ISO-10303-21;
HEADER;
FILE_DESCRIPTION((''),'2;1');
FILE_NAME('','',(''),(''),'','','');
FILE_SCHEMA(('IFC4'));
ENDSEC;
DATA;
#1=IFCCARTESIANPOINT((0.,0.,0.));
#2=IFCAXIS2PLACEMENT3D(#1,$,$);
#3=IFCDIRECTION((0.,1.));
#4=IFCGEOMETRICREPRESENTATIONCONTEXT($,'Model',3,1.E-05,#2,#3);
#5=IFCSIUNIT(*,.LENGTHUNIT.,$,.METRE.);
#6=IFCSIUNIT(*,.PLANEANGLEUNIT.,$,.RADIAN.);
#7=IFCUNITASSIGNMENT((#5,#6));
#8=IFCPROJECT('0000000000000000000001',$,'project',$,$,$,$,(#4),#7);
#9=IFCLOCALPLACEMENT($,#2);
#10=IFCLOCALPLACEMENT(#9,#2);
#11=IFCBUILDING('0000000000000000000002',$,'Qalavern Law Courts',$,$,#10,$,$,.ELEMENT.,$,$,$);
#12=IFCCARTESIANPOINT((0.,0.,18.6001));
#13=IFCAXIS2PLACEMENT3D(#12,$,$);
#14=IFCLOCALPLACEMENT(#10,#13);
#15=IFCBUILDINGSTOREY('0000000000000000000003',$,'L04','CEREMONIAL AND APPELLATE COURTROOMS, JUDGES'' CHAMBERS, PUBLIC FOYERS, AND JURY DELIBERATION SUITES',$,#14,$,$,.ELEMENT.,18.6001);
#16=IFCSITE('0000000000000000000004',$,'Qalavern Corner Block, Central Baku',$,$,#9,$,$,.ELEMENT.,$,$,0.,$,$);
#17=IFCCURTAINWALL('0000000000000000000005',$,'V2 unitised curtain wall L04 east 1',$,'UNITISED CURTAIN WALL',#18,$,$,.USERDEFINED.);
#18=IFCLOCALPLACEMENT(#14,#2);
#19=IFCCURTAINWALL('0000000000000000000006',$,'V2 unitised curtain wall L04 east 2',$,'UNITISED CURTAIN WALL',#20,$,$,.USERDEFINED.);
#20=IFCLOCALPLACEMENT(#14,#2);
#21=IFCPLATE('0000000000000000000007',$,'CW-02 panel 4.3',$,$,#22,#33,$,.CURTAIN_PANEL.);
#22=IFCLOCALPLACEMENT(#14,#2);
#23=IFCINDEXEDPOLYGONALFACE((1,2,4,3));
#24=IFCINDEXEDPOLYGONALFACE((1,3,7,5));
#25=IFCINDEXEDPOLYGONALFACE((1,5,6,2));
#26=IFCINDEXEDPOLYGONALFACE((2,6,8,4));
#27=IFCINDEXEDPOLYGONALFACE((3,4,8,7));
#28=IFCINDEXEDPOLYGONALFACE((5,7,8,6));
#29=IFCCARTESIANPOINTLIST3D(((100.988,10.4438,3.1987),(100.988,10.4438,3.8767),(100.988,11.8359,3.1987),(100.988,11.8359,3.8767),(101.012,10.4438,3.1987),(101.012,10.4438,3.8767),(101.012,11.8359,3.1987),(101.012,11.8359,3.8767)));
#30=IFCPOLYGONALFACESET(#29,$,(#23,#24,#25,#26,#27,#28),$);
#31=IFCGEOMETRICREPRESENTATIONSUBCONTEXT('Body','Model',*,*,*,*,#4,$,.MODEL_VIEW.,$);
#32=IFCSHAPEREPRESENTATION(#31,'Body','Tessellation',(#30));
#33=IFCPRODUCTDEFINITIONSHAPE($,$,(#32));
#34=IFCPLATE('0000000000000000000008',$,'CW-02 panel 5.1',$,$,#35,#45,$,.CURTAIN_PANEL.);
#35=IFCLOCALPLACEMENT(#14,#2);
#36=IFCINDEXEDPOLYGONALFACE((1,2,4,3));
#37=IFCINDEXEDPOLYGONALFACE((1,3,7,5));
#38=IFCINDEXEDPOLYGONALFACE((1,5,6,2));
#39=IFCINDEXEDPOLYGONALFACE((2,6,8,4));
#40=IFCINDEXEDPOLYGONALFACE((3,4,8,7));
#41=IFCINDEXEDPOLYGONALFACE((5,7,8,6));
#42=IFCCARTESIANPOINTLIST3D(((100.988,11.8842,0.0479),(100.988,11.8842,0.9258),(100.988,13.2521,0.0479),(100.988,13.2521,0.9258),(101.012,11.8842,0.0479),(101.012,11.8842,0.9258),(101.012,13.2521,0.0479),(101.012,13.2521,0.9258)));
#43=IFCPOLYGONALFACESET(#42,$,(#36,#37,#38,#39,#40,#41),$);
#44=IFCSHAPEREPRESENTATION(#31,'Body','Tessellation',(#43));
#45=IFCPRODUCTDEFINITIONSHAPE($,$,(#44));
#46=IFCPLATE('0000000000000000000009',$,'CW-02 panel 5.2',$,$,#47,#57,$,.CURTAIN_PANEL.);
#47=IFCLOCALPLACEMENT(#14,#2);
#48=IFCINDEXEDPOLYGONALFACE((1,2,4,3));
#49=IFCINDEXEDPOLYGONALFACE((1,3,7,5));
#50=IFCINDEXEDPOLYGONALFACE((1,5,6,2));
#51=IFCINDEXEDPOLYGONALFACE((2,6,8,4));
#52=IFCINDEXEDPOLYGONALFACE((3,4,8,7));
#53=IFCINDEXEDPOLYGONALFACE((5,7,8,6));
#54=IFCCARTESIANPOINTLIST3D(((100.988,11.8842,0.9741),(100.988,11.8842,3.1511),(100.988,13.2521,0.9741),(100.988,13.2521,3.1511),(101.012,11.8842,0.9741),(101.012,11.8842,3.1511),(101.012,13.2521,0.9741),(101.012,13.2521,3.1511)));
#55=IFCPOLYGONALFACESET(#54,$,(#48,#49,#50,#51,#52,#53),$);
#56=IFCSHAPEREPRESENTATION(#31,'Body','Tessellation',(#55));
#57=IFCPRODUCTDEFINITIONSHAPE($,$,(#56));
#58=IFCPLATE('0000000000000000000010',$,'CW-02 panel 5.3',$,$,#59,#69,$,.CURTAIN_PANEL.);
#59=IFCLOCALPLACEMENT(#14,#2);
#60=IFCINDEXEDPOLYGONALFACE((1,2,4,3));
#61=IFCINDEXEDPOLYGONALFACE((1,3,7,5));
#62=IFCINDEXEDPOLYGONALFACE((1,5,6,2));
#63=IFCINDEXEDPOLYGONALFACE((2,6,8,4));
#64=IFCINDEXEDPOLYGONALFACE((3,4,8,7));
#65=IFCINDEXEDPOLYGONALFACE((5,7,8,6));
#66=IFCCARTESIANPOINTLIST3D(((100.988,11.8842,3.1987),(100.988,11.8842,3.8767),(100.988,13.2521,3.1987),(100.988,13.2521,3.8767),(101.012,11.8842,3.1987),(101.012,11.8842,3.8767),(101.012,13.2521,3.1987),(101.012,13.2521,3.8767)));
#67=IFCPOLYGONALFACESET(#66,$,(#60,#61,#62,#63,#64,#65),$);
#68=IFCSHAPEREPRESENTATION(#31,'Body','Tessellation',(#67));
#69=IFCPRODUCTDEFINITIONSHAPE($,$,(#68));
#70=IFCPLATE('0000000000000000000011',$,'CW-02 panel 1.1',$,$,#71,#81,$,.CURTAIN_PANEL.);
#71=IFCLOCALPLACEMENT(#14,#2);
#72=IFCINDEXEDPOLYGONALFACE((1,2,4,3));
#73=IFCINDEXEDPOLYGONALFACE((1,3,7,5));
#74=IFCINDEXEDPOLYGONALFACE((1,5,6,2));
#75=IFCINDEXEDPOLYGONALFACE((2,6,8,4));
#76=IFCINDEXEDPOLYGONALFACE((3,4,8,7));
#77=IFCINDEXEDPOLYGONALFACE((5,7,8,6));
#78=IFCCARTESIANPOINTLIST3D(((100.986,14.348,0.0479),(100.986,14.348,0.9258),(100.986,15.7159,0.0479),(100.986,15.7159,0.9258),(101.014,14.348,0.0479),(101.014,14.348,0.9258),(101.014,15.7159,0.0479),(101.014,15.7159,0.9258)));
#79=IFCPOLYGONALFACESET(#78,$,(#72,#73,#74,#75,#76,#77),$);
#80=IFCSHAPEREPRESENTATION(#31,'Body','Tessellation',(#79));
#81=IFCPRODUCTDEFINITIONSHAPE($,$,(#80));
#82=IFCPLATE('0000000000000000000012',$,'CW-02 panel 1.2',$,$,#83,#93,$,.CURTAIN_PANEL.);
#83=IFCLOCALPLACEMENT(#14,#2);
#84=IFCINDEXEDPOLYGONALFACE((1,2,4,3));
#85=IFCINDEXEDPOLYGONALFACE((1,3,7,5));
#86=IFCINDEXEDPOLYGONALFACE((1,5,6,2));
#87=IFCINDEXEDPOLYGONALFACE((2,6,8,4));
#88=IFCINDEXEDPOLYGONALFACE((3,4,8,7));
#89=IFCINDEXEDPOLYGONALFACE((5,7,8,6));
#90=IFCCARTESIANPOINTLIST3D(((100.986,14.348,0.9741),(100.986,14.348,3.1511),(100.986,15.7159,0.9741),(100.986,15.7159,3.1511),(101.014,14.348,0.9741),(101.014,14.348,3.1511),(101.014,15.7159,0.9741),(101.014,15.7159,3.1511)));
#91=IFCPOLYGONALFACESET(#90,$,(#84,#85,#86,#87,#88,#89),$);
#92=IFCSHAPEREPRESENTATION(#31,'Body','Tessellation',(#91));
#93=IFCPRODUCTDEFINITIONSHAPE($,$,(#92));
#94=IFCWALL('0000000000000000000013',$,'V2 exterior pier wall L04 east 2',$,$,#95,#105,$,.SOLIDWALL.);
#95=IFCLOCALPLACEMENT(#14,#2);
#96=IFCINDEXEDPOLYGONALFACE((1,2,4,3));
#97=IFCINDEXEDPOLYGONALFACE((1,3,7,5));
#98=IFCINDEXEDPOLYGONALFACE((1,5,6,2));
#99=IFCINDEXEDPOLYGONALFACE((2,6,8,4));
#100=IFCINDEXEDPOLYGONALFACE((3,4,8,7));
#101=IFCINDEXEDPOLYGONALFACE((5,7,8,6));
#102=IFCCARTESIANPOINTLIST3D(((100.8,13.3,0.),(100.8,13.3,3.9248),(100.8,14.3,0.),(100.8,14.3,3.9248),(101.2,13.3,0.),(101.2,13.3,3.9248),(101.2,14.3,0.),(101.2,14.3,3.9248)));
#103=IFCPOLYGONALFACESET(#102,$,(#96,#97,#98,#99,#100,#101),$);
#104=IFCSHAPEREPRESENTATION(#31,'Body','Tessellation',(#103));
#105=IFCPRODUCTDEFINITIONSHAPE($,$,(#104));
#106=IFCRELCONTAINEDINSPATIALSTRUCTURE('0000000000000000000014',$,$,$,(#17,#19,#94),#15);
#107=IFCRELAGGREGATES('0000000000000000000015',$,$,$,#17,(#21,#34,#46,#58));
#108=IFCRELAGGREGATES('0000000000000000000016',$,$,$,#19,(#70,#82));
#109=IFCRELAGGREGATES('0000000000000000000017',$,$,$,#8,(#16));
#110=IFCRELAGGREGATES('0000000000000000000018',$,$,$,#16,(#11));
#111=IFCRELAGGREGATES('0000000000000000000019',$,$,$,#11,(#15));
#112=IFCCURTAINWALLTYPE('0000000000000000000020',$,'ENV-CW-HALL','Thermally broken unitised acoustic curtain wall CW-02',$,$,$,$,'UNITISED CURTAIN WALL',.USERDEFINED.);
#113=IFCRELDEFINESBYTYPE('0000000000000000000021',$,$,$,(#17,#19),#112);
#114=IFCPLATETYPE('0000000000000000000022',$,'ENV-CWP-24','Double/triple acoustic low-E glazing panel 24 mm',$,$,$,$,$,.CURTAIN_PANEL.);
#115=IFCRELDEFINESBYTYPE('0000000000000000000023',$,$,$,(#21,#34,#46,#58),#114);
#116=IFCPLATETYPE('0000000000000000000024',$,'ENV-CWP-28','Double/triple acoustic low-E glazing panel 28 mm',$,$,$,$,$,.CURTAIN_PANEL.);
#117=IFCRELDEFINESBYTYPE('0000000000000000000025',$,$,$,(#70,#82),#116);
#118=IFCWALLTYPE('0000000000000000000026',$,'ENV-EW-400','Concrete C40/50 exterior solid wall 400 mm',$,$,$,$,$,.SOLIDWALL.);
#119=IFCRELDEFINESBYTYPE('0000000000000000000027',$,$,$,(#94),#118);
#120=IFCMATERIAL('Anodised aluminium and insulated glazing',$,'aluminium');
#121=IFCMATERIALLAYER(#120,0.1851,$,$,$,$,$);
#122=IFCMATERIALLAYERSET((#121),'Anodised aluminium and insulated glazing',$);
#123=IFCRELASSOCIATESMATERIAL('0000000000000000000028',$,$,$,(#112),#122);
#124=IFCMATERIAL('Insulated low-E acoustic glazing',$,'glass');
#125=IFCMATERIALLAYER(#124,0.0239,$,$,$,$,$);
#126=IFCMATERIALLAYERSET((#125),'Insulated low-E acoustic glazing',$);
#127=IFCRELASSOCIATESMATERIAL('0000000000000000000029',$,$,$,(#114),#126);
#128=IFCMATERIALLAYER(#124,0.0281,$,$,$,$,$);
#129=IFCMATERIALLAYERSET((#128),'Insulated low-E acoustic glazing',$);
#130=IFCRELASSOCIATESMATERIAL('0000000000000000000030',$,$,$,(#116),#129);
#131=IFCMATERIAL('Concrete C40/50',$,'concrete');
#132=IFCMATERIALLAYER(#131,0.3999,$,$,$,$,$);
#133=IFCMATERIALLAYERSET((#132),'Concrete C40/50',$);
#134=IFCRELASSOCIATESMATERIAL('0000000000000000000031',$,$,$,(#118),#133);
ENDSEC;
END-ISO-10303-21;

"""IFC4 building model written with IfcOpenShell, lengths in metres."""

from ifc_helpers import new_model, si_unit, direction, frame, frame_2d, origin, origin_2d, place, context, subcontext, project, spatial, rectangle, extrude, material, layer, layer_set, type_object, element, aggregate, save


model = new_model("IFC4")

# Units and contexts
model_context = context("Model", 3, precision=1e-05, world=origin(), true_north=direction((0.0, 1.0)))
body_context = subcontext(model_context, "Body", "Model", "MODEL_VIEW")
ifc_project = project(units=[si_unit("LENGTHUNIT", "METRE"), si_unit("PLANEANGLEUNIT", "RADIAN")], contexts=[model_context])

# Site, building, storey
site_placement = place(None, origin())
site = spatial("IfcSite", under=ifc_project, at=site_placement, Name="Qalavern Corner Block, Central Baku", CompositionType="ELEMENT", RefElevation=0.0)
building_placement = place(site_placement, origin())
building = spatial("IfcBuilding", under=site, at=building_placement, Name="Qalavern Law Courts", CompositionType="ELEMENT")
storey_placement = place(building_placement, frame((0.0, 0.0, 18.6001)))
storey = spatial("IfcBuildingStorey", under=building, at=storey_placement, Name="L04", Description="CEREMONIAL AND APPELLATE COURTROOMS, JUDGES' CHAMBERS, PUBLIC FOYERS, AND JURY DELIBERATION SUITES", CompositionType="ELEMENT", Elevation=18.6001)

# Curtain wall
ifc_material_1 = material(Name="Anodised aluminium and insulated glazing", Category="aluminium")
ifc_layer_1 = layer(ifc_material_1, 0.1851)
ifc_layer_set_1 = layer_set([ifc_layer_1], Name="Anodised aluminium and insulated glazing")
curtain_wall_type = type_object("IfcCurtainWallType", Name="ENV-CW-HALL", Description="Thermally broken unitised acoustic curtain wall CW-02", ElementType="UNITISED CURTAIN WALL", PredefinedType="USERDEFINED", material=ifc_layer_set_1)
curtain_wall_1_placement = place(storey_placement, origin())
curtain_wall_1 = element("IfcCurtainWall", 1, at=curtain_wall_1_placement, inside=storey, type_object=curtain_wall_type, Name="V2 unitised curtain wall L04 east 1", ObjectType="UNITISED CURTAIN WALL", PredefinedType="USERDEFINED")

# Curtain wall
curtain_wall_2_placement = place(storey_placement, origin())
curtain_wall_2 = element("IfcCurtainWall", 2, at=curtain_wall_2_placement, inside=storey, type_object=curtain_wall_type, Name="V2 unitised curtain wall L04 east 2", ObjectType="UNITISED CURTAIN WALL", PredefinedType="USERDEFINED")

# Plates
ifc_material_2 = material(Name="Insulated low-E acoustic glazing", Category="glass")
ifc_layer_2 = layer(ifc_material_2, 0.0239)
ifc_layer_set_2 = layer_set([ifc_layer_2], Name="Insulated low-E acoustic glazing")
plate_type_1 = type_object("IfcPlateType", Name="ENV-CWP-24", Description="Double/triple acoustic low-E glazing panel 24 mm", PredefinedType="CURTAIN_PANEL", material=ifc_layer_set_2)
plate_1_placement = place(storey_placement, frame((101.0, 11.1399, 3.1987), z_axis=(0.0, 0.0, 1.0), x_axis=(0.0, 1.0, 0.0)))
plate_1 = element("IfcPlate", 3, at=plate_1_placement, type_object=plate_type_1, Name="CW-02 panel 4.3", PredefinedType="CURTAIN_PANEL", context=body_context, shape_type="SweptSolid", body=[
    extrude(rectangle(XDim=1.3921, YDim=0.0239, at=origin_2d()), origin(), (0.0, 0.0, 1.0), 0.678),
])
plate_2_placement = place(storey_placement, frame((101.0, 12.5681, 0.0479), z_axis=(0.0, 0.0, 1.0), x_axis=(0.0, 1.0, 0.0)))
plate_2 = element("IfcPlate", 4, at=plate_2_placement, type_object=plate_type_1, Name="CW-02 panel 5.1", PredefinedType="CURTAIN_PANEL", context=body_context, shape_type="SweptSolid", body=[
    extrude(rectangle(XDim=1.3679, YDim=0.0239, at=origin_2d()), origin(), (0.0, 0.0, 1.0), 0.8779),
])
plate_3_placement = place(storey_placement, frame((101.0, 12.5681, 0.9741), z_axis=(0.0, 0.0, 1.0), x_axis=(0.0, 1.0, 0.0)))
plate_3 = element("IfcPlate", 5, at=plate_3_placement, type_object=plate_type_1, Name="CW-02 panel 5.2", PredefinedType="CURTAIN_PANEL", context=body_context, shape_type="SweptSolid", body=[
    extrude(rectangle(XDim=1.3679, YDim=0.0239, at=origin_2d()), origin(), (0.0, 0.0, 1.0), 2.177),
])
plate_4_placement = place(storey_placement, frame((101.0, 12.5681, 3.1987), z_axis=(0.0, 0.0, 1.0), x_axis=(0.0, 1.0, 0.0)))
plate_4 = element("IfcPlate", 6, at=plate_4_placement, type_object=plate_type_1, Name="CW-02 panel 5.3", PredefinedType="CURTAIN_PANEL", context=body_context, shape_type="SweptSolid", body=[
    extrude(rectangle(XDim=1.3679, YDim=0.0239, at=origin_2d()), origin(), (0.0, 0.0, 1.0), 0.678),
])
aggregate(curtain_wall_1, [plate_1, plate_2, plate_3, plate_4])
ifc_layer_3 = layer(ifc_material_2, 0.0281)
ifc_layer_set_3 = layer_set([ifc_layer_3], Name="Insulated low-E acoustic glazing")
plate_type_2 = type_object("IfcPlateType", Name="ENV-CWP-28", Description="Double/triple acoustic low-E glazing panel 28 mm", PredefinedType="CURTAIN_PANEL", material=ifc_layer_set_3)
plate_5_placement = place(storey_placement, frame((101.0, 15.032, 0.0479), z_axis=(0.0, 0.0, 1.0), x_axis=(0.0, 1.0, 0.0)))
plate_5 = element("IfcPlate", 7, at=plate_5_placement, type_object=plate_type_2, Name="CW-02 panel 1.1", PredefinedType="CURTAIN_PANEL", context=body_context, shape_type="SweptSolid", body=[
    extrude(rectangle(XDim=1.3679, YDim=0.0281, at=origin_2d()), origin(), (0.0, 0.0, 1.0), 0.8779),
])
plate_6_placement = place(storey_placement, frame((101.0, 15.032, 0.9741), z_axis=(0.0, 0.0, 1.0), x_axis=(0.0, 1.0, 0.0)))
plate_6 = element("IfcPlate", 8, at=plate_6_placement, type_object=plate_type_2, Name="CW-02 panel 1.2", PredefinedType="CURTAIN_PANEL", context=body_context, shape_type="SweptSolid", body=[
    extrude(rectangle(XDim=1.3679, YDim=0.0281, at=origin_2d()), origin(), (0.0, 0.0, 1.0), 2.177),
])
aggregate(curtain_wall_2, [plate_5, plate_6])

# Wall
ifc_material_3 = material(Name="Concrete C40/50", Category="concrete")
ifc_layer_4 = layer(ifc_material_3, 0.3999)
ifc_layer_set_4 = layer_set([ifc_layer_4], Name="Concrete C40/50")
wall_type = type_object("IfcWallType", Name="ENV-EW-400", Description="Concrete C40/50 exterior solid wall 400 mm", PredefinedType="SOLIDWALL", material=ifc_layer_set_4)
wall_placement = place(storey_placement, frame((101.0, 13.3, 0.0), z_axis=(0.0, 0.0, 1.0), x_axis=(0.0, 1.0, 0.0)))
element("IfcWall", 9, at=wall_placement, inside=storey, type_object=wall_type, Name="V2 exterior pier wall L04 east 2", PredefinedType="SOLIDWALL", context=body_context, shape_type="SweptSolid", body=[
    extrude(rectangle(XDim=1.0, YDim=0.3999, at=frame_2d((0.5, 0.0))), origin(), (0.0, 0.0, 1.0), 3.9248),
])

save(model, "model.ifc")
